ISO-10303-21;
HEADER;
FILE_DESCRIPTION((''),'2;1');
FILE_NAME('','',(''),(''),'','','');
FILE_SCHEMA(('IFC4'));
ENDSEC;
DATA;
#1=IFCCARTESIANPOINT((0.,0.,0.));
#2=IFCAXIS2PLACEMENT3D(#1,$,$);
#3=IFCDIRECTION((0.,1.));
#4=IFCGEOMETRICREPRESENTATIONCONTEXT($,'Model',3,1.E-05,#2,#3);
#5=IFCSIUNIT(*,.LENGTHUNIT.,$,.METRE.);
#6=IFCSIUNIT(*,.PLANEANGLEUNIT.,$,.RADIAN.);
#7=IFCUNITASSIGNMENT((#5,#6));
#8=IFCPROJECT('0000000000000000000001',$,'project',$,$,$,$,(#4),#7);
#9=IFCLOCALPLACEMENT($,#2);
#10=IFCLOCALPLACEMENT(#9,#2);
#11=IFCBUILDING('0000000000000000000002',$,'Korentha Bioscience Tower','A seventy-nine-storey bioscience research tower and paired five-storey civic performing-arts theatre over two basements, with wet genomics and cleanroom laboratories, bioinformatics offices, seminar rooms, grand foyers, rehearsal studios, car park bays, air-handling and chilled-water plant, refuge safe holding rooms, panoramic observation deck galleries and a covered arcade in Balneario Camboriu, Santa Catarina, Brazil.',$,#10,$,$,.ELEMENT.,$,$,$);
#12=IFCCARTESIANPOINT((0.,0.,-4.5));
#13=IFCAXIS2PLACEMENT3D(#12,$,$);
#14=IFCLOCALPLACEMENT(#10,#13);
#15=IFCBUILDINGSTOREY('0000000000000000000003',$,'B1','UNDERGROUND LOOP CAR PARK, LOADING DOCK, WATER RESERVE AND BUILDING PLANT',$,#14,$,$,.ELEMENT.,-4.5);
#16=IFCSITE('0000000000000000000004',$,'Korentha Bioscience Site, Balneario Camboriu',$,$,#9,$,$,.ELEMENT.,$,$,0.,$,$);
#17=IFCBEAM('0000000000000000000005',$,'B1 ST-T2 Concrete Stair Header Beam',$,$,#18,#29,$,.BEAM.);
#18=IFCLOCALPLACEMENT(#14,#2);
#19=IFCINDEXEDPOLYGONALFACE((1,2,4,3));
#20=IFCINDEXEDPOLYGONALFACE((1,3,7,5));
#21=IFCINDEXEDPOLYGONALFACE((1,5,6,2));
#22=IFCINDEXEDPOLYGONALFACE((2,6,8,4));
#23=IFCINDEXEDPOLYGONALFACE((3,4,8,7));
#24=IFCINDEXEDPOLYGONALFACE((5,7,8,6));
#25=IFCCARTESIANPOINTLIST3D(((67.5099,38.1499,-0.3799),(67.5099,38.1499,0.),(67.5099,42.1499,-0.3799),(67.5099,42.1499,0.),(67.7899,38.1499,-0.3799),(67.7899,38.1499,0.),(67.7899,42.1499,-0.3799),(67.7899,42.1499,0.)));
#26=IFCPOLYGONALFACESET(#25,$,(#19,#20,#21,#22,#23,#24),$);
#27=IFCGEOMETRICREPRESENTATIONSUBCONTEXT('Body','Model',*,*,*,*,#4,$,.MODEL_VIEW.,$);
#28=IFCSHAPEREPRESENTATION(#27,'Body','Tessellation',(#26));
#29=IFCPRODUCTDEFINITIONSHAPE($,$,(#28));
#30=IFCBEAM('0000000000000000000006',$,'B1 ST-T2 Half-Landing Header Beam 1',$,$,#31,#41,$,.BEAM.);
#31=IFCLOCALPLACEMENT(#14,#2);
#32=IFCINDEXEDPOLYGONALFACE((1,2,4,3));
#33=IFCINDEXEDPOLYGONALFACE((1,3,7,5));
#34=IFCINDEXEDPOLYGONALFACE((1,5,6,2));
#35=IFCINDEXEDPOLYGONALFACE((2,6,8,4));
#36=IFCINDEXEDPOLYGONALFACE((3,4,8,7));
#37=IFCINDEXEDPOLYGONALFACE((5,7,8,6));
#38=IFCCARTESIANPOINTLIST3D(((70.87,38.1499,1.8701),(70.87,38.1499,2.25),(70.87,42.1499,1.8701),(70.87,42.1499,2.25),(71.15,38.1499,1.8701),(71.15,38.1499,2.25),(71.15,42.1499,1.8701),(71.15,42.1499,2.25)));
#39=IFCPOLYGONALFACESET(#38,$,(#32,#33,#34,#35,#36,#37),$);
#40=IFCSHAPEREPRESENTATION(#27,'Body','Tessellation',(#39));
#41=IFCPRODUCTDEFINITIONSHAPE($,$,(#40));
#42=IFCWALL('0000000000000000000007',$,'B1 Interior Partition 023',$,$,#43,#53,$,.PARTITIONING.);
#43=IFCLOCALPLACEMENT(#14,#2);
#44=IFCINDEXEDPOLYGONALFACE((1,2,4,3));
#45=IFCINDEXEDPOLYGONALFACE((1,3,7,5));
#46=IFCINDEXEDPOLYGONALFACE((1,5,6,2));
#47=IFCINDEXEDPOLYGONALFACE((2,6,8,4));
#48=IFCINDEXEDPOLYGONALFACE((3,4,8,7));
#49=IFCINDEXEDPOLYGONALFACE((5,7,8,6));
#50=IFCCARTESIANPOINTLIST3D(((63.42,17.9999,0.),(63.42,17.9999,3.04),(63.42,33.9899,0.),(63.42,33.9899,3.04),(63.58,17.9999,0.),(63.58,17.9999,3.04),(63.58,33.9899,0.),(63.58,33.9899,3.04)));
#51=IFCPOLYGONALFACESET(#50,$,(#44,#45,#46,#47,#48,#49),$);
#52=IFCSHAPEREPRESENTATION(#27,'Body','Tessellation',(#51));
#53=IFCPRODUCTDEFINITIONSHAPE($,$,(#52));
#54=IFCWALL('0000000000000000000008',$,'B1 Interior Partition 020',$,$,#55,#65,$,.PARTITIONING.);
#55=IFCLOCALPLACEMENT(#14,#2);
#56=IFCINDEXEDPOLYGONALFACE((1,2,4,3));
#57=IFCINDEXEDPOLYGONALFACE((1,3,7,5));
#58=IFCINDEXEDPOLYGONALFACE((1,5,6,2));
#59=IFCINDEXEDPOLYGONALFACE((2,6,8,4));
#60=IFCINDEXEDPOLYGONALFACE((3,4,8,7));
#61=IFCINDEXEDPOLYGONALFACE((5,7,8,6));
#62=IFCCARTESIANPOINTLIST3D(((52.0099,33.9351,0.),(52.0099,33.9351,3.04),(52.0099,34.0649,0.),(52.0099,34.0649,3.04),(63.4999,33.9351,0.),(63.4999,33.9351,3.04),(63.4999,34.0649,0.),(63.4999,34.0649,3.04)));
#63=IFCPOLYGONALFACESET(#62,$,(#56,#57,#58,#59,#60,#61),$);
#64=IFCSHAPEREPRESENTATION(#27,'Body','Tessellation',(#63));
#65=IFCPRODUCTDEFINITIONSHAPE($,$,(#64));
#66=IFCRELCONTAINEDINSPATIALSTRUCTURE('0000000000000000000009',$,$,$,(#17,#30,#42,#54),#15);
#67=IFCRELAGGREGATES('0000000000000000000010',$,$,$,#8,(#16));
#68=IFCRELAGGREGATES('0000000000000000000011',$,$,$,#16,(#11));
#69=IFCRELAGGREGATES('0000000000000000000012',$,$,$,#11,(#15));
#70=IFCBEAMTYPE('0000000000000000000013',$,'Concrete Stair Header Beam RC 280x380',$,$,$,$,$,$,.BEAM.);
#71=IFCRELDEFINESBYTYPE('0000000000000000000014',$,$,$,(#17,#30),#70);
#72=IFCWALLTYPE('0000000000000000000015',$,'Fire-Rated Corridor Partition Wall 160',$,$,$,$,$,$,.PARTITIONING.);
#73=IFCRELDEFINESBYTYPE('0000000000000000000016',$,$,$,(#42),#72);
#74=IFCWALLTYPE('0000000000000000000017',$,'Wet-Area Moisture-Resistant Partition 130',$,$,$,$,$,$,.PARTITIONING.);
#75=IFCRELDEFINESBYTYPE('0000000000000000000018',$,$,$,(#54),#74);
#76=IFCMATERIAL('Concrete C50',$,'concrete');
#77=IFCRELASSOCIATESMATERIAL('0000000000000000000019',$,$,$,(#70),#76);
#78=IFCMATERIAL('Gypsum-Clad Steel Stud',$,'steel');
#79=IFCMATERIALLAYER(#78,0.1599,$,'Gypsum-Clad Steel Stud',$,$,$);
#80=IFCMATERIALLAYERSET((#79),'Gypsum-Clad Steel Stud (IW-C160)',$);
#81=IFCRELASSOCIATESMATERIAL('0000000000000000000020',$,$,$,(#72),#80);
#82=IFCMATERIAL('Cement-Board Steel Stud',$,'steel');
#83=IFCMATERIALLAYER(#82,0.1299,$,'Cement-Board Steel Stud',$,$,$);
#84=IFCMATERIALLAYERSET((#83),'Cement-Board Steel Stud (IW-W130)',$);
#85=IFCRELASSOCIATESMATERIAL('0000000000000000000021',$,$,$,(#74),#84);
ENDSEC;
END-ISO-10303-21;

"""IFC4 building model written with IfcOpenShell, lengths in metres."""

from ifc_helpers import new_model, si_unit, direction, frame, frame_2d, origin, origin_2d, place, context, subcontext, project, spatial, rectangle, extrude, material, layer, layer_set, material_profile, profile_set, type_object, element, save


model = new_model("IFC4")

# Units and contexts
model_context = context("Model", 3, precision=1e-05, world=origin(), true_north=direction((0.0, 1.0)))
body_context = subcontext(model_context, "Body", "Model", "MODEL_VIEW")
ifc_project = project(units=[si_unit("LENGTHUNIT", "METRE"), si_unit("PLANEANGLEUNIT", "RADIAN")], contexts=[model_context])

# Site, building, storey
site_placement = place(None, origin())
site = spatial("IfcSite", under=ifc_project, at=site_placement, Name="Korentha Bioscience Site, Balneario Camboriu", CompositionType="ELEMENT", RefElevation=0.0)
building_placement = place(site_placement, origin())
building = spatial("IfcBuilding", under=site, at=building_placement, Name="Korentha Bioscience Tower", Description="A seventy-nine-storey bioscience research tower and paired five-storey civic performing-arts theatre over two basements, with wet genomics and cleanroom laboratories, bioinformatics offices, seminar rooms, grand foyers, rehearsal studios, car park bays, air-handling and chilled-water plant, refuge safe holding rooms, panoramic observation deck galleries and a covered arcade in Balneario Camboriu, Santa Catarina, Brazil.", CompositionType="ELEMENT")
storey_placement = place(building_placement, frame((0.0, 0.0, -4.5)))
storey = spatial("IfcBuildingStorey", under=building, at=storey_placement, Name="B1", Description="UNDERGROUND LOOP CAR PARK, LOADING DOCK, WATER RESERVE AND BUILDING PLANT", CompositionType="ELEMENT", Elevation=-4.5)

# Shared definitions
ifc_material_1 = material(Name="Concrete C50", Category="concrete")

# Beams
ifc_material_profile_1 = material_profile(ifc_material_1, rectangle(XDim=0.28, YDim=0.3799, at=origin_2d()), Name="Concrete C50")
ifc_profile_set_1 = profile_set([ifc_material_profile_1], Name="Concrete C50 (ST-HB380)")
beam_type_1 = type_object("IfcBeamType", Name="Concrete Stair Header Beam RC 280x380", PredefinedType="BEAM", material=ifc_profile_set_1)
for number, where, z_axis, x_axis, name in (
    (1, (67.6499, 38.1499, -0.1899), (0.0, 1.0, 0.0), (-1.0, 0.0, 0.0), "B1 ST-T2 Concrete Stair Header Beam"),
    (2, (71.01, 38.1499, 2.0601), (0.0, 1.0, 0.0), (-1.0, 0.0, 0.0), "B1 ST-T2 Half-Landing Header Beam 1"),
):
    element("IfcBeam", number, at=place(storey_placement, frame(where, z_axis=z_axis, x_axis=x_axis)), inside=storey, type_object=beam_type_1, Name=name, PredefinedType="BEAM", context=body_context, shape_type="SweptSolid", body=[
        extrude(rectangle(XDim=0.28, YDim=0.3799, at=origin_2d()), origin(), (0.0, 0.0, 1.0), 4.0),
    ])

# Walls
ifc_material_2 = material(Name="Gypsum-Clad Steel Stud", Category="steel")
ifc_layer_1 = layer(ifc_material_2, 0.1599, Name="Gypsum-Clad Steel Stud")
ifc_layer_set_1 = layer_set([ifc_layer_1], Name="Gypsum-Clad Steel Stud (IW-C160)")
wall_type_1 = type_object("IfcWallType", Name="Fire-Rated Corridor Partition Wall 160", PredefinedType="PARTITIONING", material=ifc_layer_set_1)
wall_1_placement = place(storey_placement, frame((63.5, 33.99, 0.0), z_axis=(0.0, 0.0, 1.0), x_axis=(0.0, -1.0, 0.0)))
element("IfcWall", 3, at=wall_1_placement, inside=storey, type_object=wall_type_1, Name="B1 Interior Partition 023", PredefinedType="PARTITIONING", context=body_context, shape_type="SweptSolid", body=[
    extrude(rectangle(XDim=15.99, YDim=0.1599, at=frame_2d((7.9951, 0.0))), origin(), (0.0, 0.0, 1.0), 3.04),
])
ifc_material_3 = material(Name="Cement-Board Steel Stud", Category="steel")
ifc_layer_2 = layer(ifc_material_3, 0.1299, Name="Cement-Board Steel Stud")
ifc_layer_set_2 = layer_set([ifc_layer_2], Name="Cement-Board Steel Stud (IW-W130)")
wall_type_2 = type_object("IfcWallType", Name="Wet-Area Moisture-Resistant Partition 130", PredefinedType="PARTITIONING", material=ifc_layer_set_2)
wall_2_placement = place(storey_placement, frame((63.5, 34.0, 0.0), z_axis=(0.0, 0.0, 1.0), x_axis=(-1.0, 0.0, 0.0)))
element("IfcWall", 4, at=wall_2_placement, inside=storey, type_object=wall_type_2, Name="B1 Interior Partition 020", PredefinedType="PARTITIONING", context=body_context, shape_type="SweptSolid", body=[
    extrude(rectangle(XDim=11.49, YDim=0.1299, at=frame_2d((5.7451, 0.0))), origin(), (0.0, 0.0, 1.0), 3.04),
])

save(model, "model.ifc")
